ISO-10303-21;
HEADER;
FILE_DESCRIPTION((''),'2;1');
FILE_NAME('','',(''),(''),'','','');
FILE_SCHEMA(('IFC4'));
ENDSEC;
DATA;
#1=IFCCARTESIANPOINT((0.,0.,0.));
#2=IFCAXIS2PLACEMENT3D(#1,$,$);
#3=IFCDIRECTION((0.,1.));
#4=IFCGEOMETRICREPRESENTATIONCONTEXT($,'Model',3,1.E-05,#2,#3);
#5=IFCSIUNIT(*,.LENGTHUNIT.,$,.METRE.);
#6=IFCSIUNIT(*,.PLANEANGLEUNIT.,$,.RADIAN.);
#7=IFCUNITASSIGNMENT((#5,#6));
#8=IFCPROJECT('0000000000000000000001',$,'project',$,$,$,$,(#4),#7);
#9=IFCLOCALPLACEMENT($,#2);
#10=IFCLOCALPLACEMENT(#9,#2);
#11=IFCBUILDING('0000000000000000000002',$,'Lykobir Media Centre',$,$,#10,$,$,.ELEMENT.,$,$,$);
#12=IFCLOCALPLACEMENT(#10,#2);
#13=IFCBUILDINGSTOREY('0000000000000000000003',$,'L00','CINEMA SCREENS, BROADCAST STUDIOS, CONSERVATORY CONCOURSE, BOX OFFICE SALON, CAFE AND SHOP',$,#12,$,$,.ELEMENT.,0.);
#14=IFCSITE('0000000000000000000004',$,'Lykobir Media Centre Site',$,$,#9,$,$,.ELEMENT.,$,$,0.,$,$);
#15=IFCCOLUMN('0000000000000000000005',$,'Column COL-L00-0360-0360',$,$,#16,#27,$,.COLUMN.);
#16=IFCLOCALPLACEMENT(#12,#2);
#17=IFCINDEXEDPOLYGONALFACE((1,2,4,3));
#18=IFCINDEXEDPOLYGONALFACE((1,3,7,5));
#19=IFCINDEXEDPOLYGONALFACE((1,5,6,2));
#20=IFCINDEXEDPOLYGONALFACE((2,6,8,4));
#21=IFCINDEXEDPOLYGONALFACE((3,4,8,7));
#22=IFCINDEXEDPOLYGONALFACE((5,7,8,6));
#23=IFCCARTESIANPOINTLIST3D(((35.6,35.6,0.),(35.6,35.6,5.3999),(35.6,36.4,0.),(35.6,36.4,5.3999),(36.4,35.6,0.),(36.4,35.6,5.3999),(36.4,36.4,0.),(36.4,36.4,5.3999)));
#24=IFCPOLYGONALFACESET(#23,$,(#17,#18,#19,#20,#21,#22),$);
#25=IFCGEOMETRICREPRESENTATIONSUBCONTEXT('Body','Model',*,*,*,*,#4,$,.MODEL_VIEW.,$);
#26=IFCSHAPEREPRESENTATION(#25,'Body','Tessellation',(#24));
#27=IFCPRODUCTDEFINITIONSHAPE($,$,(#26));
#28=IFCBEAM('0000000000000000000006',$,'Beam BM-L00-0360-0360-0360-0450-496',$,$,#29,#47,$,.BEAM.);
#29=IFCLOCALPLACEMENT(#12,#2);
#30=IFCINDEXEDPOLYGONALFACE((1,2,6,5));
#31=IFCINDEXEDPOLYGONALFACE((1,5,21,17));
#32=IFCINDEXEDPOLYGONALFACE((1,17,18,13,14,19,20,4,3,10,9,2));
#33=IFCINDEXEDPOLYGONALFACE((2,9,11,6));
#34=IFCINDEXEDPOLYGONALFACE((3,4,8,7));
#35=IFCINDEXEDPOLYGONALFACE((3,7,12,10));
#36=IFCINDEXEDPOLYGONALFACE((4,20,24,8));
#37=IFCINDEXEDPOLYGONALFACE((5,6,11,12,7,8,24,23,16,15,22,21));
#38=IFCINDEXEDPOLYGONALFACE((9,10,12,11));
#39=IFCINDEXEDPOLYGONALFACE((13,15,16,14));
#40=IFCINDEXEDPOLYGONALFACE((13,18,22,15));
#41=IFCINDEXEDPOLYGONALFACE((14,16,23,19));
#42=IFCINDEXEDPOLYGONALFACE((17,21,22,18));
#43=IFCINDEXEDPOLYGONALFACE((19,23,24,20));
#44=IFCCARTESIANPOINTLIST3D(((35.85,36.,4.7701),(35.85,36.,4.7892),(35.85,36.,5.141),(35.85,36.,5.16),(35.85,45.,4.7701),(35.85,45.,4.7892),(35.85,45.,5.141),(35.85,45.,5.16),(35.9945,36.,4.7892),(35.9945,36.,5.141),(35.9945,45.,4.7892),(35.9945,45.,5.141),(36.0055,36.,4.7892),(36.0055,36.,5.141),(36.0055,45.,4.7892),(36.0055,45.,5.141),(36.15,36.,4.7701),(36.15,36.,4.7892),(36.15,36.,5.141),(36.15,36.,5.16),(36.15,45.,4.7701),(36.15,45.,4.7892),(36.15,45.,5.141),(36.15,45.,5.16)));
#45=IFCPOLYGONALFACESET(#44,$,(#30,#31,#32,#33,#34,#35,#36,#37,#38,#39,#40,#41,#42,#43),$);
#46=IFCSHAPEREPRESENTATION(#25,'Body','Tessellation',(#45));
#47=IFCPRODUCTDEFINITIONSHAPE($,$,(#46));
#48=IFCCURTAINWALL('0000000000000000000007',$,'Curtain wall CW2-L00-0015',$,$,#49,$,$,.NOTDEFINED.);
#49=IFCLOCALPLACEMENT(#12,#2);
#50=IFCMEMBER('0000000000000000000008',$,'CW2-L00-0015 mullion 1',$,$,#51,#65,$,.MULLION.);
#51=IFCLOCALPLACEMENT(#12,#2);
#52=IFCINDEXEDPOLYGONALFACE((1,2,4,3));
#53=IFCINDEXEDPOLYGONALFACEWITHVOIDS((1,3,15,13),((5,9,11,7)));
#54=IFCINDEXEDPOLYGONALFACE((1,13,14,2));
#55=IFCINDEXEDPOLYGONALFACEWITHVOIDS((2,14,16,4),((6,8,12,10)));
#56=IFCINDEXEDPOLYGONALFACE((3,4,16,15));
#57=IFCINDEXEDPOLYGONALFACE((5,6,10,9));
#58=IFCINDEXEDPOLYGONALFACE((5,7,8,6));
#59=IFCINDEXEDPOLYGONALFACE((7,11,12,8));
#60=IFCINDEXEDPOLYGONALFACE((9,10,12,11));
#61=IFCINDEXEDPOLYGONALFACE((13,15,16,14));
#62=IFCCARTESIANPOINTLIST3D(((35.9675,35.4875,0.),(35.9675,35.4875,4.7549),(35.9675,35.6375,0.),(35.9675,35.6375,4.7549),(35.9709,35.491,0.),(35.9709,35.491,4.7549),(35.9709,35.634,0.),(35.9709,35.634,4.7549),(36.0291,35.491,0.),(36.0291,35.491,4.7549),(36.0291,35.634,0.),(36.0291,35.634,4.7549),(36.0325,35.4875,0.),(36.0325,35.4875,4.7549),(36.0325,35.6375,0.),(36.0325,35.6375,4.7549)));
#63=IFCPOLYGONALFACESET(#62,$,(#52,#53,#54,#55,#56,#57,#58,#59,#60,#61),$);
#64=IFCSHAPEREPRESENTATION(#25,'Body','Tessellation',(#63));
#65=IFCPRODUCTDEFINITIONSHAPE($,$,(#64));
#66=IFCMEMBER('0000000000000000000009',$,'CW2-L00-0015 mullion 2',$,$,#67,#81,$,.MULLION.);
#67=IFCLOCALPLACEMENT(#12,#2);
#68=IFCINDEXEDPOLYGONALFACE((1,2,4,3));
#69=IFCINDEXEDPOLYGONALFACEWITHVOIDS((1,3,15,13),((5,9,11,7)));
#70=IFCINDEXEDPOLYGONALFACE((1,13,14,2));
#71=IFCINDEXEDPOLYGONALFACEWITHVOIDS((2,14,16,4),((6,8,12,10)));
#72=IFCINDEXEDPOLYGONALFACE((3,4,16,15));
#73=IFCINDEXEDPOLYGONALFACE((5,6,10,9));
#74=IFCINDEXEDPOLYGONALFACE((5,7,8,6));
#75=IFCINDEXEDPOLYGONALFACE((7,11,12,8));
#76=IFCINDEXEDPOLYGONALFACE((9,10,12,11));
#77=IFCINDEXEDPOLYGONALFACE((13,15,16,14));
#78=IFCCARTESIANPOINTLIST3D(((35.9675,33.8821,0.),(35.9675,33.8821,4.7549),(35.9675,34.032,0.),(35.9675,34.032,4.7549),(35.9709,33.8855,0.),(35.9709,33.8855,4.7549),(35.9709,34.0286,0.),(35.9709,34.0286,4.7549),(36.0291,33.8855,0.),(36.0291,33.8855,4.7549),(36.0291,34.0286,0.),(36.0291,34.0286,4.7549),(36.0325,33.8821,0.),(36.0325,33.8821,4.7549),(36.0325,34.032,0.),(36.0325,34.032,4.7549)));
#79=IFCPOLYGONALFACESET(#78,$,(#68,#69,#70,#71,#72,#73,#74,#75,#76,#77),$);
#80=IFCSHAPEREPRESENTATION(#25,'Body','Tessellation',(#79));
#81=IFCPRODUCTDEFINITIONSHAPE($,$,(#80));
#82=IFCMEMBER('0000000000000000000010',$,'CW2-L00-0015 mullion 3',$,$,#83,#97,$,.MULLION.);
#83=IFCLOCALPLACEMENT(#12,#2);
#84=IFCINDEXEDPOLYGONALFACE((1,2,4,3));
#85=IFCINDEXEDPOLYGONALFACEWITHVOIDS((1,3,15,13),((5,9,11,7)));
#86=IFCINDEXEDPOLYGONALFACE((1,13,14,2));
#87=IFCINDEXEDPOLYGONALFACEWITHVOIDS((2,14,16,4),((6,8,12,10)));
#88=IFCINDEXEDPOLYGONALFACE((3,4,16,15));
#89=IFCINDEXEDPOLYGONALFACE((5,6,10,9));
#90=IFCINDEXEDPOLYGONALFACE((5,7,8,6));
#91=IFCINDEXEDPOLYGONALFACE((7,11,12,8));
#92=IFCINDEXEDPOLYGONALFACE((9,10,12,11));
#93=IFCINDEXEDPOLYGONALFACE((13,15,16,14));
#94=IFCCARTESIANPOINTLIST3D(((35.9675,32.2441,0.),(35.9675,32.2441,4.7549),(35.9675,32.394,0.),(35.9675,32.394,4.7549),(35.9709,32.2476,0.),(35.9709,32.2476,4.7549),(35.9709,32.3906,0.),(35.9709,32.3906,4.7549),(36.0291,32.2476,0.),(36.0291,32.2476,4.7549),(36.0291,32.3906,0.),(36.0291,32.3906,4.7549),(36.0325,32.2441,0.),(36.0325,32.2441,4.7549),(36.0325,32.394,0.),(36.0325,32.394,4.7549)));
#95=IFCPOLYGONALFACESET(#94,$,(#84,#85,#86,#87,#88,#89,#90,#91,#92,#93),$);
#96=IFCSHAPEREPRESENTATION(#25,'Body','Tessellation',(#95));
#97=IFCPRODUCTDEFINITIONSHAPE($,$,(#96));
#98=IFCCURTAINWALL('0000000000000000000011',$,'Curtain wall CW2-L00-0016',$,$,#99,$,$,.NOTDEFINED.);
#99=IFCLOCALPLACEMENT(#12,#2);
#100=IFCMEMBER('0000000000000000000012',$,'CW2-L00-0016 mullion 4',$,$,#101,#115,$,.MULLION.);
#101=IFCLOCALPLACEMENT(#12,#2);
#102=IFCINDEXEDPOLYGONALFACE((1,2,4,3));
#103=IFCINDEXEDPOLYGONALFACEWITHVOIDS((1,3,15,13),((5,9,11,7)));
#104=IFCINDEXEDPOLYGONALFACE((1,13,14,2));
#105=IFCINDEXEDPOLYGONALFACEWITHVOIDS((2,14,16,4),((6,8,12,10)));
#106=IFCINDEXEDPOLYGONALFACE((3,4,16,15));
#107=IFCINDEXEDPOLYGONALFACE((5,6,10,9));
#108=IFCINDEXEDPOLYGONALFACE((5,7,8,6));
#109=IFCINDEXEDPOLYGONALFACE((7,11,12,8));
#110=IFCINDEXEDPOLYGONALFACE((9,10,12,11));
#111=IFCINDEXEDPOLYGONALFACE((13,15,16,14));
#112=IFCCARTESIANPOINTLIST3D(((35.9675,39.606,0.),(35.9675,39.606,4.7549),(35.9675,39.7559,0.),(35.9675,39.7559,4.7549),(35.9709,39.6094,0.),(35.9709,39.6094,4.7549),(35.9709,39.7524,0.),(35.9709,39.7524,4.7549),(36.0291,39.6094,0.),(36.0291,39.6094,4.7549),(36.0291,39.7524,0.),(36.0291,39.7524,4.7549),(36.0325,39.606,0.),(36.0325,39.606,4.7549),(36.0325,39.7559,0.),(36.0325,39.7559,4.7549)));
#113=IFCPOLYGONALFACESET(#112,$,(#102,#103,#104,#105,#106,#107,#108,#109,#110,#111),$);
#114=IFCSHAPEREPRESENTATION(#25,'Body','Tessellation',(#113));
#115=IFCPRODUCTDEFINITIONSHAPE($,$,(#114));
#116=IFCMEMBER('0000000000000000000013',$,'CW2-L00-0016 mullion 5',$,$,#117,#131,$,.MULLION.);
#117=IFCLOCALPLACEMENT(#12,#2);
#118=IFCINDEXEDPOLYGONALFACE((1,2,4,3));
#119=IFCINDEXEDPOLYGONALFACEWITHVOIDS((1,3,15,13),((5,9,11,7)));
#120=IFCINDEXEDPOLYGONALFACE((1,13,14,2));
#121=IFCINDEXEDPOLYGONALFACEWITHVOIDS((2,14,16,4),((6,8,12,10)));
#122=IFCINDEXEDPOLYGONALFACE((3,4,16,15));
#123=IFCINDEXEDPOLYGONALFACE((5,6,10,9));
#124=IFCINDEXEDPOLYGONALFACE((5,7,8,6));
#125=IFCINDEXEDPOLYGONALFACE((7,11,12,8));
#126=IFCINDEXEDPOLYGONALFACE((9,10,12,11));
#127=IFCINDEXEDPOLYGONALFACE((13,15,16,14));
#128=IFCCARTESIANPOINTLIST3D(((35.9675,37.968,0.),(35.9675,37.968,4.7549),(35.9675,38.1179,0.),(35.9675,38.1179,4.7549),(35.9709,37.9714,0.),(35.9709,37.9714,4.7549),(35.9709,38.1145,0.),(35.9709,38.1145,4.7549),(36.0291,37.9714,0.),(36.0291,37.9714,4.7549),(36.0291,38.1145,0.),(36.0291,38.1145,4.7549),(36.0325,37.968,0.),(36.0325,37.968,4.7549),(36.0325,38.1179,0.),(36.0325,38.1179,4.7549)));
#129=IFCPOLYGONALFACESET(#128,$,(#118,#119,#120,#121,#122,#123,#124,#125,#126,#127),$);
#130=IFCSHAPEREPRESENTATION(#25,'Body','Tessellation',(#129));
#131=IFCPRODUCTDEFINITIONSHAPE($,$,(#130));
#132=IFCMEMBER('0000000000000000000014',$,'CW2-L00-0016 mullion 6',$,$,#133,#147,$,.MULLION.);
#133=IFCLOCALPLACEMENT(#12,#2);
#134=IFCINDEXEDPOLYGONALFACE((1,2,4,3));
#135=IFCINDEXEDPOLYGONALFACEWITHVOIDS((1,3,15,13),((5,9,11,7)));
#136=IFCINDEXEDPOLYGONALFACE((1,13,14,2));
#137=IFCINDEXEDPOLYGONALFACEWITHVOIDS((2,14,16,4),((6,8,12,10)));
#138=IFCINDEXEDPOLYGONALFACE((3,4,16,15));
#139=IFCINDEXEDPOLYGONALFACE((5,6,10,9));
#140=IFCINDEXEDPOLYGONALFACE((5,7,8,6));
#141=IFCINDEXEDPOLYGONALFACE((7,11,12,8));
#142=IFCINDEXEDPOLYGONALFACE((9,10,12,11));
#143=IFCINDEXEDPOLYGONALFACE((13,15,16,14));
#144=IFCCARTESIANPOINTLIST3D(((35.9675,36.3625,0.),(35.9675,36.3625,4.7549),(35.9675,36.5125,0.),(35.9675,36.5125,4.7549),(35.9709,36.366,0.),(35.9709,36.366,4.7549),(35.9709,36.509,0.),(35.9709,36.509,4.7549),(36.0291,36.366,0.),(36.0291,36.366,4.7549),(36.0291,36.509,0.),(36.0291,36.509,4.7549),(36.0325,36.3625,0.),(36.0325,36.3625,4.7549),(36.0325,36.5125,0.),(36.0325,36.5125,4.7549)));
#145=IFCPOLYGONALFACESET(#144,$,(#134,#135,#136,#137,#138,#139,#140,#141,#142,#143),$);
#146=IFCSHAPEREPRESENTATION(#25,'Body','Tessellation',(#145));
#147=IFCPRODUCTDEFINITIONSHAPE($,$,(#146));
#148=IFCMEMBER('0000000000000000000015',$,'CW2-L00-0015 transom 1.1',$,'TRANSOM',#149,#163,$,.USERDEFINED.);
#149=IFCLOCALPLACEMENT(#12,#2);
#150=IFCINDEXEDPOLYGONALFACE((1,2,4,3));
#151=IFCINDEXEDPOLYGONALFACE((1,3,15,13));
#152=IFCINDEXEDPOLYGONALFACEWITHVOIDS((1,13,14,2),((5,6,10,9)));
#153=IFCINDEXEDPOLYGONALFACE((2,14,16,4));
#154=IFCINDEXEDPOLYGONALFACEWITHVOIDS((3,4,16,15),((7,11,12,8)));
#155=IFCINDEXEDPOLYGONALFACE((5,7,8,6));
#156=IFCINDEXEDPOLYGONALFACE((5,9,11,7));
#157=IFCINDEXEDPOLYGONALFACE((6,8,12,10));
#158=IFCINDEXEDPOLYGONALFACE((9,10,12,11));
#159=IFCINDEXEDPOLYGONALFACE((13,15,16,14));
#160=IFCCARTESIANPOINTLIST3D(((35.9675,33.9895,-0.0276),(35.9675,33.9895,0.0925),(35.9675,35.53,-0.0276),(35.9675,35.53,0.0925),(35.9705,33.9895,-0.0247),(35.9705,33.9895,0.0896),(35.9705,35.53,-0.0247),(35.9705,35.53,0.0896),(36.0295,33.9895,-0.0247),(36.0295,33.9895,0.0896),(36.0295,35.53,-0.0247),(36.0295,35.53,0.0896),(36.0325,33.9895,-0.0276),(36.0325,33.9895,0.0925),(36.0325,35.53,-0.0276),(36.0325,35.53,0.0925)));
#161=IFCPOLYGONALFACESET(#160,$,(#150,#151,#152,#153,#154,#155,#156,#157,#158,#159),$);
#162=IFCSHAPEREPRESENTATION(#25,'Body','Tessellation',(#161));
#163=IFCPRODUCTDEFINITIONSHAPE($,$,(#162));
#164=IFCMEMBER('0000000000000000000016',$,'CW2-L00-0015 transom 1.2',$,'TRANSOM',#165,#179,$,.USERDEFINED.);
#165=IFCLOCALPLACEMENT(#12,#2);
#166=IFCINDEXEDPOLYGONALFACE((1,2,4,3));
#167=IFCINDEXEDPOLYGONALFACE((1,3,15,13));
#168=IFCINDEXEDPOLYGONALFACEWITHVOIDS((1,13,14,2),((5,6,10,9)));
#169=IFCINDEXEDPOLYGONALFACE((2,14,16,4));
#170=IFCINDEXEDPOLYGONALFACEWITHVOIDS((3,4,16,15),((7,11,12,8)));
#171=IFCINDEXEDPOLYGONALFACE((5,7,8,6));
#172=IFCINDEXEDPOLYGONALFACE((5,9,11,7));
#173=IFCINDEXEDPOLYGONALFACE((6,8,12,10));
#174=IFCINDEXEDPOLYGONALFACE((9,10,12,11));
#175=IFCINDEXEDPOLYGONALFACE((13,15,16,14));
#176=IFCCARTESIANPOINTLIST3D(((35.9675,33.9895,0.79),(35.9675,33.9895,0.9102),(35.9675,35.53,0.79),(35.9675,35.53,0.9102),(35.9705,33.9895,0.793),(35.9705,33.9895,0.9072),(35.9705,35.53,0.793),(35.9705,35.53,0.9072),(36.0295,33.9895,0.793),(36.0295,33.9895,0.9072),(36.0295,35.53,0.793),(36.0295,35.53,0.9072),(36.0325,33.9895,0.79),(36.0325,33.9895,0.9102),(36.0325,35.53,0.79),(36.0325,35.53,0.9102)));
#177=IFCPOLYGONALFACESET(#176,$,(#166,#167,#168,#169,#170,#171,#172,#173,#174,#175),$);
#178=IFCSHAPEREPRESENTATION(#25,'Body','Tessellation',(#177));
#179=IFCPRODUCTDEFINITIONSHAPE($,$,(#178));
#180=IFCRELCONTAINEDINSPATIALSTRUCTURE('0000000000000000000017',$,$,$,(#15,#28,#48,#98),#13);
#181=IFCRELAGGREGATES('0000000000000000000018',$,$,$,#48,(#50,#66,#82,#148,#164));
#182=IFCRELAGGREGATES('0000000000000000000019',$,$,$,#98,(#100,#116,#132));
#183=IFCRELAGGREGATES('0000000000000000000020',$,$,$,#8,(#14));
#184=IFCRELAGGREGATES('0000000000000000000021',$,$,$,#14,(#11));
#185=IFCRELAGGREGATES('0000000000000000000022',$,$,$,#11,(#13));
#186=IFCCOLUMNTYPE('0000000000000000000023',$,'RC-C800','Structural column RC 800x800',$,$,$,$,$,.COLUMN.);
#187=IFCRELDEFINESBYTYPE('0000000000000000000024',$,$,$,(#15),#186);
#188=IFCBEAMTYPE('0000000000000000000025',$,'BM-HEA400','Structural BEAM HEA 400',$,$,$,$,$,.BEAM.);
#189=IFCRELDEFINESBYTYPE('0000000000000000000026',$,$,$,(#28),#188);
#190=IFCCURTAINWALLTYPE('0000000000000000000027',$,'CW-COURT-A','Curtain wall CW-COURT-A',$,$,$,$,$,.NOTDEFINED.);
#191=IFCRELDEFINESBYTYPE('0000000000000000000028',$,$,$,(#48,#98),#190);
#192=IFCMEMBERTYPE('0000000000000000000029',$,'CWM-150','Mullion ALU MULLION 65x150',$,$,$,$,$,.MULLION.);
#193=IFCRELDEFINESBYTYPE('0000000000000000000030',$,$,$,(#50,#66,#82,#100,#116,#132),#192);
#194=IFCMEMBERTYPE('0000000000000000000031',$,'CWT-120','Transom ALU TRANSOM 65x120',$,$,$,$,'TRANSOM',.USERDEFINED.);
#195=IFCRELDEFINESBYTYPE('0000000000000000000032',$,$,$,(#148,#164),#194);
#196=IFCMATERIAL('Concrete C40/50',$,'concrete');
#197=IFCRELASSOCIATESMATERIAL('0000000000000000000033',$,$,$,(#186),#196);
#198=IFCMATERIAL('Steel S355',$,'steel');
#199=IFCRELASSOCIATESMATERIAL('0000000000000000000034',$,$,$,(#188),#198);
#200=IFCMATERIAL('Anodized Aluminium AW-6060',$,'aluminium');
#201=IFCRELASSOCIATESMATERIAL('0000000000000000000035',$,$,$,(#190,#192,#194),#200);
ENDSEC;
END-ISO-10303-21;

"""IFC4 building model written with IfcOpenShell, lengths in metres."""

from ifc_helpers import new_model, si_unit, direction, frame, origin, origin_2d, place, context, subcontext, project, spatial, rectangle, hollow_rectangle, i_section, extrude, material, material_profile, profile_set, type_object, element, aggregate, save


model = new_model("IFC4")

# Units and contexts
model_context = context("Model", 3, precision=1e-05, world=origin(), true_north=direction((0.0, 1.0)))
body_context = subcontext(model_context, "Body", "Model", "MODEL_VIEW")
ifc_project = project(units=[si_unit("LENGTHUNIT", "METRE"), si_unit("PLANEANGLEUNIT", "RADIAN")], contexts=[model_context])

# Site, building, storey
site_placement = place(None, origin())
site = spatial("IfcSite", under=ifc_project, at=site_placement, Name="Lykobir Media Centre Site", CompositionType="ELEMENT", RefElevation=0.0)
building_placement = place(site_placement, origin())
building = spatial("IfcBuilding", under=site, at=building_placement, Name="Lykobir Media Centre", CompositionType="ELEMENT")
storey_placement = place(building_placement, origin())
storey = spatial("IfcBuildingStorey", under=building, at=storey_placement, Name="L00", Description="CINEMA SCREENS, BROADCAST STUDIOS, CONSERVATORY CONCOURSE, BOX OFFICE SALON, CAFE AND SHOP", CompositionType="ELEMENT", Elevation=0.0)

# Column
ifc_material_1 = material(Name="Concrete C40/50", Category="concrete")
ifc_material_profile_1 = material_profile(ifc_material_1, rectangle(XDim=0.8, YDim=0.8, at=origin_2d()), Name="RC 800x800")
ifc_profile_set_1 = profile_set([ifc_material_profile_1], Name="Concrete C40/50")
column_type = type_object("IfcColumnType", Name="RC-C800", Description="Structural column RC 800x800", PredefinedType="COLUMN", material=ifc_profile_set_1)
column_placement = place(storey_placement, frame((36.0, 36.0, 0.0), z_axis=(0.0, 0.0, 1.0), x_axis=(1.0, 0.0, 0.0)))
element("IfcColumn", 1, at=column_placement, inside=storey, type_object=column_type, Name="Column COL-L00-0360-0360", PredefinedType="COLUMN", context=body_context, shape_type="SweptSolid", body=[
    extrude(rectangle(XDim=0.8, YDim=0.8, at=origin_2d()), origin(), (0.0, 0.0, 1.0), 5.3999),
])

# Beam
ifc_material_2 = material(Name="Steel S355", Category="steel")
ifc_material_profile_2 = material_profile(ifc_material_2, i_section(OverallWidth=0.3, OverallDepth=0.3899, WebThickness=0.011, FlangeThickness=0.019, at=origin_2d()), Name="HEA 400")
ifc_profile_set_2 = profile_set([ifc_material_profile_2], Name="Steel S355")
beam_type = type_object("IfcBeamType", Name="BM-HEA400", Description="Structural BEAM HEA 400", PredefinedType="BEAM", material=ifc_profile_set_2)
beam_placement = place(storey_placement, frame((36.0, 36.0, 4.9651), z_axis=(0.0, 1.0, 0.0), x_axis=(-1.0, 0.0, 0.0)))
element("IfcBeam", 2, at=beam_placement, inside=storey, type_object=beam_type, Name="Beam BM-L00-0360-0360-0360-0450-496", PredefinedType="BEAM", context=body_context, shape_type="SweptSolid", body=[
    extrude(i_section(OverallWidth=0.3, OverallDepth=0.3899, WebThickness=0.011, FlangeThickness=0.019, at=origin_2d()), origin(), (0.0, 0.0, 1.0), 9.0),
])

# Curtain walls, members
ifc_material_3 = material(Name="Anodized Aluminium AW-6060", Category="aluminium")
curtain_wall_type = type_object("IfcCurtainWallType", Name="CW-COURT-A", Description="Curtain wall CW-COURT-A", PredefinedType="NOTDEFINED", material=ifc_material_3)
curtain_wall_1_placement = place(storey_placement, origin())
curtain_wall_1 = element("IfcCurtainWall", 3, at=curtain_wall_1_placement, inside=storey, type_object=curtain_wall_type, Name="Curtain wall CW2-L00-0015", PredefinedType="NOTDEFINED")
ifc_material_profile_3 = material_profile(ifc_material_3, hollow_rectangle(XDim=0.0649, YDim=0.1499, WallThickness=0.0034, at=origin_2d()), Name="ALU MULLION 65x150")
ifc_profile_set_3 = profile_set([ifc_material_profile_3], Name="Anodized Aluminium AW-6060")
member_type_1 = type_object("IfcMemberType", Name="CWM-150", Description="Mullion ALU MULLION 65x150", PredefinedType="MULLION", material=ifc_profile_set_3)
member_1_placement = place(storey_placement, frame((36.0, 35.5625, 0.0), z_axis=(0.0, 0.0, 1.0), x_axis=(1.0, 0.0, 0.0)))
member_1 = element("IfcMember", 4, at=member_1_placement, type_object=member_type_1, Name="CW2-L00-0015 mullion 1", PredefinedType="MULLION", context=body_context, shape_type="SweptSolid", body=[
    extrude(hollow_rectangle(XDim=0.0649, YDim=0.1499, WallThickness=0.0034, at=origin_2d()), origin(), (0.0, 0.0, 1.0), 4.7549),
])
member_2_placement = place(storey_placement, frame((36.0, 33.957, 0.0), z_axis=(0.0, 0.0, 1.0), x_axis=(1.0, 0.0, 0.0)))
member_2 = element("IfcMember", 5, at=member_2_placement, type_object=member_type_1, Name="CW2-L00-0015 mullion 2", PredefinedType="MULLION", context=body_context, shape_type="SweptSolid", body=[
    extrude(hollow_rectangle(XDim=0.0649, YDim=0.1499, WallThickness=0.0034, at=origin_2d()), origin(), (0.0, 0.0, 1.0), 4.7549),
])
member_3_placement = place(storey_placement, frame((36.0, 32.3191, 0.0), z_axis=(0.0, 0.0, 1.0), x_axis=(1.0, 0.0, 0.0)))
member_3 = element("IfcMember", 6, at=member_3_placement, type_object=member_type_1, Name="CW2-L00-0015 mullion 3", PredefinedType="MULLION", context=body_context, shape_type="SweptSolid", body=[
    extrude(hollow_rectangle(XDim=0.0649, YDim=0.1499, WallThickness=0.0034, at=origin_2d()), origin(), (0.0, 0.0, 1.0), 4.7549),
])
curtain_wall_2_placement = place(storey_placement, origin())
curtain_wall_2 = element("IfcCurtainWall", 7, at=curtain_wall_2_placement, inside=storey, type_object=curtain_wall_type, Name="Curtain wall CW2-L00-0016", PredefinedType="NOTDEFINED")
member_4_placement = place(storey_placement, frame((36.0, 39.6809, 0.0), z_axis=(0.0, 0.0, 1.0), x_axis=(1.0, 0.0, 0.0)))
member_4 = element("IfcMember", 8, at=member_4_placement, type_object=member_type_1, Name="CW2-L00-0016 mullion 4", PredefinedType="MULLION", context=body_context, shape_type="SweptSolid", body=[
    extrude(hollow_rectangle(XDim=0.0649, YDim=0.1499, WallThickness=0.0034, at=origin_2d()), origin(), (0.0, 0.0, 1.0), 4.7549),
])
member_5_placement = place(storey_placement, frame((36.0, 38.043, 0.0), z_axis=(0.0, 0.0, 1.0), x_axis=(1.0, 0.0, 0.0)))
member_5 = element("IfcMember", 9, at=member_5_placement, type_object=member_type_1, Name="CW2-L00-0016 mullion 5", PredefinedType="MULLION", context=body_context, shape_type="SweptSolid", body=[
    extrude(hollow_rectangle(XDim=0.0649, YDim=0.1499, WallThickness=0.0034, at=origin_2d()), origin(), (0.0, 0.0, 1.0), 4.7549),
])
member_6_placement = place(storey_placement, frame((36.0, 36.4375, 0.0), z_axis=(0.0, 0.0, 1.0), x_axis=(1.0, 0.0, 0.0)))
member_6 = element("IfcMember", 10, at=member_6_placement, type_object=member_type_1, Name="CW2-L00-0016 mullion 6", PredefinedType="MULLION", context=body_context, shape_type="SweptSolid", body=[
    extrude(hollow_rectangle(XDim=0.0649, YDim=0.1499, WallThickness=0.0034, at=origin_2d()), origin(), (0.0, 0.0, 1.0), 4.7549),
])

# Members
ifc_material_profile_4 = material_profile(ifc_material_3, hollow_rectangle(XDim=0.0649, YDim=0.1201, WallThickness=0.0029, at=origin_2d()), Name="ALU TRANSOM 65x120")
ifc_profile_set_4 = profile_set([ifc_material_profile_4], Name="Anodized Aluminium AW-6060")
member_type_2 = type_object("IfcMemberType", Name="CWT-120", Description="Transom ALU TRANSOM 65x120", ElementType="TRANSOM", PredefinedType="USERDEFINED", material=ifc_profile_set_4)
member_7_placement = place(storey_placement, frame((36.0, 35.53, 0.0325), z_axis=(0.0, -1.0, 0.0), x_axis=(1.0, 0.0, 0.0)))
member_7 = element("IfcMember", 11, at=member_7_placement, type_object=member_type_2, Name="CW2-L00-0015 transom 1.1", ObjectType="TRANSOM", PredefinedType="USERDEFINED", context=body_context, shape_type="SweptSolid", body=[
    extrude(hollow_rectangle(XDim=0.0649, YDim=0.1201, WallThickness=0.0029, at=origin_2d()), origin(), (0.0, 0.0, 1.0), 1.5405),
])
member_8_placement = place(storey_placement, frame((36.0, 35.53, 0.8501), z_axis=(0.0, -1.0, 0.0), x_axis=(1.0, 0.0, 0.0)))
member_8 = element("IfcMember", 12, at=member_8_placement, type_object=member_type_2, Name="CW2-L00-0015 transom 1.2", ObjectType="TRANSOM", PredefinedType="USERDEFINED", context=body_context, shape_type="SweptSolid", body=[
    extrude(hollow_rectangle(XDim=0.0649, YDim=0.1201, WallThickness=0.0029, at=origin_2d()), origin(), (0.0, 0.0, 1.0), 1.5405),
])

aggregate(curtain_wall_1, [member_1, member_2, member_3, member_7, member_8])
aggregate(curtain_wall_2, [member_4, member_5, member_6])

save(model, "model.ifc")
